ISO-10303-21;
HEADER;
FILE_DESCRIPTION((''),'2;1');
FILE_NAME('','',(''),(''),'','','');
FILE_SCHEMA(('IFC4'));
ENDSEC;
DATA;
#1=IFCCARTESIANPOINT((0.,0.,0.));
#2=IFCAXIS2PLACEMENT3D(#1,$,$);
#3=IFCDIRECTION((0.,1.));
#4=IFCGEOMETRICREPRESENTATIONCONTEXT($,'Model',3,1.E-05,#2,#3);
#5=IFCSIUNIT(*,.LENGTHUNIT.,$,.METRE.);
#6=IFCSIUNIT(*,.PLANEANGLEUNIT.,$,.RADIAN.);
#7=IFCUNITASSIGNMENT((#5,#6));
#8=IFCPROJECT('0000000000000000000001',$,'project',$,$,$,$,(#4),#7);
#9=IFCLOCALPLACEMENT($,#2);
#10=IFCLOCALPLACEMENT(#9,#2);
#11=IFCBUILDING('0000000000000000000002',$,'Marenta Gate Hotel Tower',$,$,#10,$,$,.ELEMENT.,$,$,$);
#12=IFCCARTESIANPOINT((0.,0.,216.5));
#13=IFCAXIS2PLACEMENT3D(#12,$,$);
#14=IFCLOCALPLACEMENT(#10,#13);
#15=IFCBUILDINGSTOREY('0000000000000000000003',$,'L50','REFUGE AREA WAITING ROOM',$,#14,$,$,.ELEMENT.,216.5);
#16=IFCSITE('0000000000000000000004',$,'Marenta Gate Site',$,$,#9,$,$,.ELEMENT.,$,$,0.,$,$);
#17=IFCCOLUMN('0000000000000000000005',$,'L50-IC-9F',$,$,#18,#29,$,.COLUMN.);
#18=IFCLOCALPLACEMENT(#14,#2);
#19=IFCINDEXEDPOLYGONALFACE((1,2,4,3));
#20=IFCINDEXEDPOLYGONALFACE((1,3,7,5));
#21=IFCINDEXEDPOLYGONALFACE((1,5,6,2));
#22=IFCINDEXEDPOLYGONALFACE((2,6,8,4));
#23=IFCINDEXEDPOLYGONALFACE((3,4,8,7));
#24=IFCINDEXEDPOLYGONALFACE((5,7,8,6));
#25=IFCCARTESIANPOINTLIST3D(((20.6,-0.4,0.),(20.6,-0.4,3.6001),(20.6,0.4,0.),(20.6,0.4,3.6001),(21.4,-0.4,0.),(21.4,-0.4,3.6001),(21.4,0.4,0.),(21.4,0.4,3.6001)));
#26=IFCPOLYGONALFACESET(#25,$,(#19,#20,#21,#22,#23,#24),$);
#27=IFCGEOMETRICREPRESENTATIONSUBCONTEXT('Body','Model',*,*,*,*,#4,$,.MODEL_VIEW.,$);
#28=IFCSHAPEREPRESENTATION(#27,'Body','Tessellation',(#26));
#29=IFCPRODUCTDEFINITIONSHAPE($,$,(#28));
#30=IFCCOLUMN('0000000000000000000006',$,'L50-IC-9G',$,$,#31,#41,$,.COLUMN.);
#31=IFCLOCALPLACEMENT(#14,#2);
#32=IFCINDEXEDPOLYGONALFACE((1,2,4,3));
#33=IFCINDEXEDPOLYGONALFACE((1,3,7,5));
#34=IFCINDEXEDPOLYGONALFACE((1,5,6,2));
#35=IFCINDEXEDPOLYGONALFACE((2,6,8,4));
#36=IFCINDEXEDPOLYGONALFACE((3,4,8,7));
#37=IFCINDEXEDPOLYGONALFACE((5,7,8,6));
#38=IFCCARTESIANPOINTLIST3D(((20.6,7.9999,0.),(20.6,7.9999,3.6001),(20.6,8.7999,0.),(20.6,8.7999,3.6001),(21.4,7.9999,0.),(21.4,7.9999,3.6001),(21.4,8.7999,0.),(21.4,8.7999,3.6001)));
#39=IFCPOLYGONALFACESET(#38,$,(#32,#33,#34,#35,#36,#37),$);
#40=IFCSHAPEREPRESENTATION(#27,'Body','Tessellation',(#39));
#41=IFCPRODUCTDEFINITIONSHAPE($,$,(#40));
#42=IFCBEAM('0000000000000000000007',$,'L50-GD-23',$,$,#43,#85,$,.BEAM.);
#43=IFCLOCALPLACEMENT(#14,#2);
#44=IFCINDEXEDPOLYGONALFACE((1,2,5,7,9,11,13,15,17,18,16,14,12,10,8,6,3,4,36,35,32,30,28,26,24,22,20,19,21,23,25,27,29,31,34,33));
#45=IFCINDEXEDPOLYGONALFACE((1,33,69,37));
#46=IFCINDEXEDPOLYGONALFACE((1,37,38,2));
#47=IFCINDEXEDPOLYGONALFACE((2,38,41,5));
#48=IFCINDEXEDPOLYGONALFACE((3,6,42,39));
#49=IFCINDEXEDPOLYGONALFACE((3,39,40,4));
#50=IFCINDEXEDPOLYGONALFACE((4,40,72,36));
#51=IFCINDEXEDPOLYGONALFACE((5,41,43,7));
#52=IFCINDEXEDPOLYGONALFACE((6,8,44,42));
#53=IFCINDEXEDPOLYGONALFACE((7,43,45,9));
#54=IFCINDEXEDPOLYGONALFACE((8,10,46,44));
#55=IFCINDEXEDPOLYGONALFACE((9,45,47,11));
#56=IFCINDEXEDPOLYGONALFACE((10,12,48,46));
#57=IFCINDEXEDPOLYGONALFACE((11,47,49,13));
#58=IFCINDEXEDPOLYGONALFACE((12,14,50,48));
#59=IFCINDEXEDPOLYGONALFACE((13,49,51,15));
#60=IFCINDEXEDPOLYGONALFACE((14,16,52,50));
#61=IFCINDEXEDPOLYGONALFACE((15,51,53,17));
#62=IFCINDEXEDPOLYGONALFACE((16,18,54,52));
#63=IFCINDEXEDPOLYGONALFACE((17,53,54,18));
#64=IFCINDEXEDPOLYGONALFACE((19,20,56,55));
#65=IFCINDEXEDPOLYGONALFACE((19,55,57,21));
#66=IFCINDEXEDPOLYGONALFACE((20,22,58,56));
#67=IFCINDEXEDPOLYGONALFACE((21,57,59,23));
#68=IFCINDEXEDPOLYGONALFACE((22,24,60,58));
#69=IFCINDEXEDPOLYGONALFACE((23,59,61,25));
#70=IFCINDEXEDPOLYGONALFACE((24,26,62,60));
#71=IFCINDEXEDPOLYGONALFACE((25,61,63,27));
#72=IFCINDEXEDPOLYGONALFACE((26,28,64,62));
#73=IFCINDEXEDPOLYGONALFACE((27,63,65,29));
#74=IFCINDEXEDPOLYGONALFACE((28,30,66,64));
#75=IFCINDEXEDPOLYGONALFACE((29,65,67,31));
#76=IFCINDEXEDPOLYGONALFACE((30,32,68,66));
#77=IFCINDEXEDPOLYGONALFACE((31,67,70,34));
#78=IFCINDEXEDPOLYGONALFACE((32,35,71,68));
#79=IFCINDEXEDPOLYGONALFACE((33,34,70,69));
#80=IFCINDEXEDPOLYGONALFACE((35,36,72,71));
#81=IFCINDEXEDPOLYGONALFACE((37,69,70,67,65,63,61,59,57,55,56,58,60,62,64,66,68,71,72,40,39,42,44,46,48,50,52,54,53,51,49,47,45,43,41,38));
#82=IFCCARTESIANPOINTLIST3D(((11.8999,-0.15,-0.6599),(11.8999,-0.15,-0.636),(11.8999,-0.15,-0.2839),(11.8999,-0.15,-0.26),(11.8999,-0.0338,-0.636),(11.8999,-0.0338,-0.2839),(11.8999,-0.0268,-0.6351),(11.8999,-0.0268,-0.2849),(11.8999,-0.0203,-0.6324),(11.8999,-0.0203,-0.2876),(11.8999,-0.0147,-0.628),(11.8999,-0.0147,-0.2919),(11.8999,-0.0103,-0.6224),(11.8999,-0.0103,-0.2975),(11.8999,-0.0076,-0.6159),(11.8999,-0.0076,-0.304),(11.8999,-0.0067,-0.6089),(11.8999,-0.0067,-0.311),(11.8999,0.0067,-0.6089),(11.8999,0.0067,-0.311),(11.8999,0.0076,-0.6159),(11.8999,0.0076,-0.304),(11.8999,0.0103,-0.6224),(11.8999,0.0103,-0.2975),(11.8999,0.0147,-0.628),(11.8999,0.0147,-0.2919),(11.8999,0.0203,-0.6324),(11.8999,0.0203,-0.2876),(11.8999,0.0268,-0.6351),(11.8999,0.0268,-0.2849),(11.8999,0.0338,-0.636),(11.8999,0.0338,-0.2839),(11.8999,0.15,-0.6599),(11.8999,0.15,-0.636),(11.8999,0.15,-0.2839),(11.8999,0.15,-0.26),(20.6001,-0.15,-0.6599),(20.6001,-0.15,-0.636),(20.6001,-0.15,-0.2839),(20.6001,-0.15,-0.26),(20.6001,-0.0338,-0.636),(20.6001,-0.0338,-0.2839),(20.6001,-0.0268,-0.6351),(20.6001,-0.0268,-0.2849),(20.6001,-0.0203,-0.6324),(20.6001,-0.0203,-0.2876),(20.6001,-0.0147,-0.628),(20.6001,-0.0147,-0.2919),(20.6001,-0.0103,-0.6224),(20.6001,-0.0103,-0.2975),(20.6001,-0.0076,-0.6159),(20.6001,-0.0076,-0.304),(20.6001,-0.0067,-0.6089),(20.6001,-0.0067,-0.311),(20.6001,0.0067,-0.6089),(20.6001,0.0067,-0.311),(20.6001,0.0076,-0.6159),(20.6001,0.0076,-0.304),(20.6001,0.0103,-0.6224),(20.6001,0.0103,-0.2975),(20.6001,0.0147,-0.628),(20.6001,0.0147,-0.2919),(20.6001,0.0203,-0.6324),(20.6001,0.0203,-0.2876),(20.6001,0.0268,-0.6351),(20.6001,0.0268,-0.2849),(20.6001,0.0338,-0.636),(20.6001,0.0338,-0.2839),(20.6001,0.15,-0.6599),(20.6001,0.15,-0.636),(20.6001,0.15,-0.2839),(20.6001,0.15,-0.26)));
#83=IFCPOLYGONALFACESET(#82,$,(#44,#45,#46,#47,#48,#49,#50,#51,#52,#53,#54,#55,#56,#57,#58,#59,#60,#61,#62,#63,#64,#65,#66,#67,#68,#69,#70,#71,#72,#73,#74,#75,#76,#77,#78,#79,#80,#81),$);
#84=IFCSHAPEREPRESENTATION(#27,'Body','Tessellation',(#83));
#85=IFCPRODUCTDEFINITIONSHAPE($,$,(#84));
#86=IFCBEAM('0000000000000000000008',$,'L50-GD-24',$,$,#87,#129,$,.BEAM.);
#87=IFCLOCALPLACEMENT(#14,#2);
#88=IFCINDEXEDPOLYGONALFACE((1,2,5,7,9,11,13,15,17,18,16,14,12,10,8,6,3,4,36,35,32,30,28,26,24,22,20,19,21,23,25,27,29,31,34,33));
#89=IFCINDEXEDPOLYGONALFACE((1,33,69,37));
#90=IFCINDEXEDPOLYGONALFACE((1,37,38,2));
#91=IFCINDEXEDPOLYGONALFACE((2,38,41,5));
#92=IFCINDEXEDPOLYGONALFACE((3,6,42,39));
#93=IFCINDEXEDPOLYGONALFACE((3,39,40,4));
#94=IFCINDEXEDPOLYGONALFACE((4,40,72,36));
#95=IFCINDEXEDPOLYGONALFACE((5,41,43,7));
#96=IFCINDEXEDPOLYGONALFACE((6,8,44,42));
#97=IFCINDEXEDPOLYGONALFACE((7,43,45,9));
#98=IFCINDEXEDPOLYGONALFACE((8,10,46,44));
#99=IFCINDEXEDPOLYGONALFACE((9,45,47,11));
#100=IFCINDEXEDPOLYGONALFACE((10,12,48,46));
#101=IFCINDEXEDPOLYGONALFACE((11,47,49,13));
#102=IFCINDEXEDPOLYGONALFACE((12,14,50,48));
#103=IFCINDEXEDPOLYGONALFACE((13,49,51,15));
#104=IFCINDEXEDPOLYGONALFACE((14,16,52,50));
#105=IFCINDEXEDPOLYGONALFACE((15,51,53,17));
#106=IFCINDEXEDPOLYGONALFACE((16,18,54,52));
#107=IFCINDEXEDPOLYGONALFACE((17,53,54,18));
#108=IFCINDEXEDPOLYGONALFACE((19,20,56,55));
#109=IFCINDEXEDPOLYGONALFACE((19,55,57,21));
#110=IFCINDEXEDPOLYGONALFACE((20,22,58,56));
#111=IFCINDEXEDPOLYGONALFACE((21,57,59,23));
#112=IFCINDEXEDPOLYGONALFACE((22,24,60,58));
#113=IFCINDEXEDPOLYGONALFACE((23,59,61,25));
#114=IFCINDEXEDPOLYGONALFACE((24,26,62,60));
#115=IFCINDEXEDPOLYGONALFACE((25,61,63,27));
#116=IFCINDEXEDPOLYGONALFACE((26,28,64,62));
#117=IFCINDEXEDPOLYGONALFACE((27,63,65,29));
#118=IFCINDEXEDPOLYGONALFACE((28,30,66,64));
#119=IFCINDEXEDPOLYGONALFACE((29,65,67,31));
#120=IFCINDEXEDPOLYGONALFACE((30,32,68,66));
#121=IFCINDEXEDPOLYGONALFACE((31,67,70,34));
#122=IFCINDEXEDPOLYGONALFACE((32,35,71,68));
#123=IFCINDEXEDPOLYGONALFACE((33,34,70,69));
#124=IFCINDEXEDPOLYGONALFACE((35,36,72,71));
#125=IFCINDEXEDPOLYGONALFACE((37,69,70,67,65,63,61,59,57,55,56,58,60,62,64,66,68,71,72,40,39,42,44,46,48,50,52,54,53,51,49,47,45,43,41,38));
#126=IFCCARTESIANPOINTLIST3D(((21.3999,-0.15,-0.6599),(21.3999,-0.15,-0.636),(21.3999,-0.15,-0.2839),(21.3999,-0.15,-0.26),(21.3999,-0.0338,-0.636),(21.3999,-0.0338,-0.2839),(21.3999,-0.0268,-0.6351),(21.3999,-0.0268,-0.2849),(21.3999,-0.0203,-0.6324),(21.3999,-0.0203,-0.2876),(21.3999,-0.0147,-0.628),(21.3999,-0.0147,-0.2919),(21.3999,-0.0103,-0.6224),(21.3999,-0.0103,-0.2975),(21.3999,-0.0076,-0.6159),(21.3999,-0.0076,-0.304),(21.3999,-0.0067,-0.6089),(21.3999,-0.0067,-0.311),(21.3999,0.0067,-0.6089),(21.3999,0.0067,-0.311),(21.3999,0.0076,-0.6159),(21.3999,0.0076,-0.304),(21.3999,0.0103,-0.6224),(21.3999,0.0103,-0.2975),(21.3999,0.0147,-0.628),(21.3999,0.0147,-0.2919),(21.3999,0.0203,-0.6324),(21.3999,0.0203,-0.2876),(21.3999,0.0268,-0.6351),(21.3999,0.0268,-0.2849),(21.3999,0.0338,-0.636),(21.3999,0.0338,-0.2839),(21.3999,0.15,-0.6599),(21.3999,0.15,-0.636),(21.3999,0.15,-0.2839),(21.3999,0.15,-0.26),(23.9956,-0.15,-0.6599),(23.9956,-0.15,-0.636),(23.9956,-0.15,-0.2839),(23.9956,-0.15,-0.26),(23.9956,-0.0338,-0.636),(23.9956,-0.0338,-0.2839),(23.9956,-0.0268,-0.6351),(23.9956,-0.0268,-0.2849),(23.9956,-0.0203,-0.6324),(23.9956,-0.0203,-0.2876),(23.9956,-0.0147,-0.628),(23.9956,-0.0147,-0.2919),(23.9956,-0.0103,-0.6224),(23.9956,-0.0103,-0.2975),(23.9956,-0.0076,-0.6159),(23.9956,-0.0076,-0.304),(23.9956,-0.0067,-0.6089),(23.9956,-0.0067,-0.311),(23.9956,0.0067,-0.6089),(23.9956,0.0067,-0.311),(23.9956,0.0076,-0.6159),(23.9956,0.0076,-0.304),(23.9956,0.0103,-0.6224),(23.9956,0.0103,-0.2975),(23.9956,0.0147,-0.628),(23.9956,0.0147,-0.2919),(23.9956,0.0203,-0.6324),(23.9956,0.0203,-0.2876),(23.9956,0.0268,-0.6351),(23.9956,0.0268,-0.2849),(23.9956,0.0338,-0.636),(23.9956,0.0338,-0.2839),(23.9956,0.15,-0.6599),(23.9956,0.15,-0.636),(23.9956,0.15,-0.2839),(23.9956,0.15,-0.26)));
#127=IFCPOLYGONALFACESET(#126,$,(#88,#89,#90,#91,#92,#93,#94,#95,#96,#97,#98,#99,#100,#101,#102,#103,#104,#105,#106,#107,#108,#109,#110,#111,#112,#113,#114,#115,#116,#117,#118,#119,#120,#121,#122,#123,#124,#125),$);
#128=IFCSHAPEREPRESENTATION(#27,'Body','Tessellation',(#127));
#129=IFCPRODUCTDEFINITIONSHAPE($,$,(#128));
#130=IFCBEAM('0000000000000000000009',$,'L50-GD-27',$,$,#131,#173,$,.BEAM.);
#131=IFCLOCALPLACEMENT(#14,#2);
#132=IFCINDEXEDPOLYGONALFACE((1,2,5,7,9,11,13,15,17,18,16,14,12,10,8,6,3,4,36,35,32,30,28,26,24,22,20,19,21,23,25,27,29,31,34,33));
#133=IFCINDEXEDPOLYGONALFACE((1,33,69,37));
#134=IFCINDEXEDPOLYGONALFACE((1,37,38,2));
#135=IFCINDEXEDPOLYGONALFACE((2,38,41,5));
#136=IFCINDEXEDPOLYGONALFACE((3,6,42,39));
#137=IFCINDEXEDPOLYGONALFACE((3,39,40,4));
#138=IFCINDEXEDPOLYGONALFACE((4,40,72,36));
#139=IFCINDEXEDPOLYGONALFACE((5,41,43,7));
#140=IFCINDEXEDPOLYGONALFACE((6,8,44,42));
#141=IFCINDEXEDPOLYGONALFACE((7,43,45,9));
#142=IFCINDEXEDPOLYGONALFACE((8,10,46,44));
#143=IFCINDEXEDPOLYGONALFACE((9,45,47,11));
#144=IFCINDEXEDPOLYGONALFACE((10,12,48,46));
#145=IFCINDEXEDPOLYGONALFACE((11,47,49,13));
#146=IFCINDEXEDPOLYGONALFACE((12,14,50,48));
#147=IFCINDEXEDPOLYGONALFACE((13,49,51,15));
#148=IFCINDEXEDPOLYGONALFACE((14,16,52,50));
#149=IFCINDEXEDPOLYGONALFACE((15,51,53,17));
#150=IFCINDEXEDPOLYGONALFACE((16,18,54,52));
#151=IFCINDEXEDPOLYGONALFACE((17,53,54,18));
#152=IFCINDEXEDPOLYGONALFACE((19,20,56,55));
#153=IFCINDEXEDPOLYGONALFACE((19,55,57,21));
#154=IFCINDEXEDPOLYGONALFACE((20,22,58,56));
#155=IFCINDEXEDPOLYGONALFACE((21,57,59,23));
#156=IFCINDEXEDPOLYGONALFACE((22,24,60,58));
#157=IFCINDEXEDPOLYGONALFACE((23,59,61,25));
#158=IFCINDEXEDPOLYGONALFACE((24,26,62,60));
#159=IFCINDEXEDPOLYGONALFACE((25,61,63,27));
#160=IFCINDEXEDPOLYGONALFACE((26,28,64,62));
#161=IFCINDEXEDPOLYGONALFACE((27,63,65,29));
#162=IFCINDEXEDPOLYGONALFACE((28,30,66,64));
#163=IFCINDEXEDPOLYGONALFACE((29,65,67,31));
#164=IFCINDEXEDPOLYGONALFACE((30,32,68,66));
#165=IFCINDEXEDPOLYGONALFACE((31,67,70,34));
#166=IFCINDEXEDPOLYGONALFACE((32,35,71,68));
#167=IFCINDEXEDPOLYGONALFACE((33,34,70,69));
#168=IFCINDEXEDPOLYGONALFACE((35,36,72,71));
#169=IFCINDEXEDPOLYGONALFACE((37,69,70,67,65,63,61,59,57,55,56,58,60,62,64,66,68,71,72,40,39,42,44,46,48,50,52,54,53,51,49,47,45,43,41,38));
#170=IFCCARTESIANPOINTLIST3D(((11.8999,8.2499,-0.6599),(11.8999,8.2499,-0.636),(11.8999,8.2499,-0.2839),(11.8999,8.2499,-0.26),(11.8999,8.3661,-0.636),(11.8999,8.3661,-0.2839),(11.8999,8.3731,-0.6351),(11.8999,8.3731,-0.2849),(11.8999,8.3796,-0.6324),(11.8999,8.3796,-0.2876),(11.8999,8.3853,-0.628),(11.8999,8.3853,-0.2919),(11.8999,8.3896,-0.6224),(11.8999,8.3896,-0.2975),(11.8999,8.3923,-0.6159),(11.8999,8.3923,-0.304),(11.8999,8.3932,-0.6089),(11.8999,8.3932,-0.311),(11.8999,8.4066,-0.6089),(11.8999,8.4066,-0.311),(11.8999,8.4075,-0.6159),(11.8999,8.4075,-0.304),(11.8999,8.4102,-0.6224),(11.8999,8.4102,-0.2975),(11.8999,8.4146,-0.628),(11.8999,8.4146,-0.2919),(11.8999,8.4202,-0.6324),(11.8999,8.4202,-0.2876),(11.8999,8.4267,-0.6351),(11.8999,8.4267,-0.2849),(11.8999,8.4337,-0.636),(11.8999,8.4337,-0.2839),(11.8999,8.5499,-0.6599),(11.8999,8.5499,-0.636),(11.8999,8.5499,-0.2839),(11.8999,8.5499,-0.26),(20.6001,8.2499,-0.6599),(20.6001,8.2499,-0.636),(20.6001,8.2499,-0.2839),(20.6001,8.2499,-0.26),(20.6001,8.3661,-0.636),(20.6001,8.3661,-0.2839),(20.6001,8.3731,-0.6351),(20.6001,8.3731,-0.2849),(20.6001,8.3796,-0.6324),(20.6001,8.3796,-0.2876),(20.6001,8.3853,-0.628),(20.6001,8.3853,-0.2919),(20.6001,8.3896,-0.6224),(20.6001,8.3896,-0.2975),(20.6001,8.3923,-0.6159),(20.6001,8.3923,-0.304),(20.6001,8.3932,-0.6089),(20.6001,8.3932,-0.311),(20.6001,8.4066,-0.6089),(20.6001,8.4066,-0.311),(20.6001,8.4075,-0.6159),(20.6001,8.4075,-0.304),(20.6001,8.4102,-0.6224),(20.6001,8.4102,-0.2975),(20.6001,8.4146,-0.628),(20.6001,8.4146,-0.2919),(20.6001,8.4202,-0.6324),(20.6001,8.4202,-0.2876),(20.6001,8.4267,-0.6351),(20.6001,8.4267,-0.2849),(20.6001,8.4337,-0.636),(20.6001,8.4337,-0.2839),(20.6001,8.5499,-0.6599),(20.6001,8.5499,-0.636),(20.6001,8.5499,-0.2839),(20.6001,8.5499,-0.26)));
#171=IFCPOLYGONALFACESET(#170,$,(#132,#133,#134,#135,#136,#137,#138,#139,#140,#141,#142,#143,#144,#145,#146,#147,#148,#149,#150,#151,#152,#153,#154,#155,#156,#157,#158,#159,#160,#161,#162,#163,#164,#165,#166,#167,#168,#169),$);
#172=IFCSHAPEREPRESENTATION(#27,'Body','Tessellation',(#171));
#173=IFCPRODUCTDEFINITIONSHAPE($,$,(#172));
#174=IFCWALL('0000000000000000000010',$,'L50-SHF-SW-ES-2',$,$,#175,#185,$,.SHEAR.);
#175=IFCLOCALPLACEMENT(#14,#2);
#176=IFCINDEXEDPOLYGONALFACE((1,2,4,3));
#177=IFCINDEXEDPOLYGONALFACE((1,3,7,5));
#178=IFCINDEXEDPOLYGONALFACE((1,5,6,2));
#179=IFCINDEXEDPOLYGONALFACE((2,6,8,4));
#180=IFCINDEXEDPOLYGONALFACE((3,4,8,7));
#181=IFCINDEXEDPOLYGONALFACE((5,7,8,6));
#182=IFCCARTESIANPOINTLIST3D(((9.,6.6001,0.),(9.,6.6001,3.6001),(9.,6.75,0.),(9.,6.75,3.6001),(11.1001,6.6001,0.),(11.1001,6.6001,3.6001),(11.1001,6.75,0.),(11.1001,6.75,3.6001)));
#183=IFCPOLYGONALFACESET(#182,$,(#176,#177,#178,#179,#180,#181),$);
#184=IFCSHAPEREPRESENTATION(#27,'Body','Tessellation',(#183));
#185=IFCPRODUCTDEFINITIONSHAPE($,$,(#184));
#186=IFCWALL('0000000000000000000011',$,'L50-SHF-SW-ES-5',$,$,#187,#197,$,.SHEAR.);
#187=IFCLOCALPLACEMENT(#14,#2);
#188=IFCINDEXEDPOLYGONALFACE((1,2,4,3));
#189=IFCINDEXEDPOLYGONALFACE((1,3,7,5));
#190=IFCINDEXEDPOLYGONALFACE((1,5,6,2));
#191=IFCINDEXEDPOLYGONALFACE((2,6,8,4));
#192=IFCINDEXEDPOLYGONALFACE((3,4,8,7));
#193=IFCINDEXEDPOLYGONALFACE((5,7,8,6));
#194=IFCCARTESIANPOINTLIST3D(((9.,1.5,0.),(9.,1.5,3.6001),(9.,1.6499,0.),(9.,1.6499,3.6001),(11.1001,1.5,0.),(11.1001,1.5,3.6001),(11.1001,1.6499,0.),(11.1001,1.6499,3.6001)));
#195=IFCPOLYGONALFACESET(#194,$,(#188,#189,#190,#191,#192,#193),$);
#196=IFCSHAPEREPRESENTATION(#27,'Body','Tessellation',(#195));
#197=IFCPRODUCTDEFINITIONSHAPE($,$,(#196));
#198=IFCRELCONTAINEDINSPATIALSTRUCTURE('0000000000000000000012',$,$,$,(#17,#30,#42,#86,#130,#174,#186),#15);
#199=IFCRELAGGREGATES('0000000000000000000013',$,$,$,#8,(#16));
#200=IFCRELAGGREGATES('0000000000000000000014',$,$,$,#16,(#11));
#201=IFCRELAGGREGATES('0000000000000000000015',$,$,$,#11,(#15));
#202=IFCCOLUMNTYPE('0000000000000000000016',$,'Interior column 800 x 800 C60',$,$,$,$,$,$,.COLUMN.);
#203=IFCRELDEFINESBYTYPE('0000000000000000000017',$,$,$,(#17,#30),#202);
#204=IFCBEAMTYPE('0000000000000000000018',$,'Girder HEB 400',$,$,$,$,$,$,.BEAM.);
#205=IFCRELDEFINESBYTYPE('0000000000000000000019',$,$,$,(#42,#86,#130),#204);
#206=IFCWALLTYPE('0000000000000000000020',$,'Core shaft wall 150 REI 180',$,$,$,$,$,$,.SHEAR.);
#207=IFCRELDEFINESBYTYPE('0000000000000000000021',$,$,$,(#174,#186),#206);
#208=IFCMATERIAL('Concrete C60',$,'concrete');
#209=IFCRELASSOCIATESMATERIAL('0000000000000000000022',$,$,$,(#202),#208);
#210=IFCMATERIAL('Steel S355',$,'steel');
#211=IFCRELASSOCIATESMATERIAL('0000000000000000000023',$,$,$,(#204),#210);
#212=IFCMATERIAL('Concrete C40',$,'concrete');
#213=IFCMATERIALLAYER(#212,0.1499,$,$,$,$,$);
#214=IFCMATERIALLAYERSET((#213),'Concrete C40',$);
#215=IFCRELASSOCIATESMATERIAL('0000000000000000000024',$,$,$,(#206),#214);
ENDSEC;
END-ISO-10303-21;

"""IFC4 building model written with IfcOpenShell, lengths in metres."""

from ifc_helpers import new_model, si_unit, direction, frame, frame_2d, origin, origin_2d, place, context, subcontext, project, spatial, rectangle, i_section, extrude, material, layer, layer_set, material_profile, profile_set, type_object, element, save


model = new_model("IFC4")

# Units and contexts
model_context = context("Model", 3, precision=1e-05, world=origin(), true_north=direction((0.0, 1.0)))
body_context = subcontext(model_context, "Body", "Model", "MODEL_VIEW")
ifc_project = project(units=[si_unit("LENGTHUNIT", "METRE"), si_unit("PLANEANGLEUNIT", "RADIAN")], contexts=[model_context])

# Site, building, storey
site_placement = place(None, origin())
site = spatial("IfcSite", under=ifc_project, at=site_placement, Name="Marenta Gate Site", CompositionType="ELEMENT", RefElevation=0.0)
building_placement = place(site_placement, origin())
building = spatial("IfcBuilding", under=site, at=building_placement, Name="Marenta Gate Hotel Tower", CompositionType="ELEMENT")
storey_placement = place(building_placement, frame((0.0, 0.0, 216.5)))
storey = spatial("IfcBuildingStorey", under=building, at=storey_placement, Name="L50", Description="REFUGE AREA WAITING ROOM", CompositionType="ELEMENT", Elevation=216.5)

# Columns
ifc_material_1 = material(Name="Concrete C60", Category="concrete")
ifc_material_profile_1 = material_profile(ifc_material_1, rectangle(XDim=0.8, YDim=0.8, at=origin_2d()), Name="800 x 800")
ifc_profile_set_1 = profile_set([ifc_material_profile_1], Name="Concrete C60")
column_type = type_object("IfcColumnType", Name="Interior column 800 x 800 C60", PredefinedType="COLUMN", material=ifc_profile_set_1)
for number, where, z_axis, x_axis, name in (
    (1, (21.0, 0.0, 0.0), (0.0, 0.0, 1.0), (1.0, 0.0, 0.0), "L50-IC-9F"),
    (2, (21.0, 8.3999, 0.0), (0.0, 0.0, 1.0), (1.0, 0.0, 0.0), "L50-IC-9G"),
):
    element("IfcColumn", number, at=place(storey_placement, frame(where, z_axis=z_axis, x_axis=x_axis)), inside=storey, type_object=column_type, Name=name, PredefinedType="COLUMN", context=body_context, shape_type="SweptSolid", body=[
        extrude(rectangle(XDim=0.8, YDim=0.8, at=origin_2d()), origin(), (0.0, 0.0, 1.0), 3.6001),
    ])

# Beams
ifc_material_2 = material(Name="Steel S355", Category="steel")
ifc_material_profile_2 = material_profile(ifc_material_2, i_section(OverallWidth=0.3, OverallDepth=0.3999, WebThickness=0.0134, FlangeThickness=0.0239, FilletRadius=0.0271, at=origin_2d()), Name="HEB 400")
ifc_profile_set_2 = profile_set([ifc_material_profile_2], Name="Steel S355")
beam_type = type_object("IfcBeamType", Name="Girder HEB 400", PredefinedType="BEAM", material=ifc_profile_set_2)
beam_1_placement = place(storey_placement, frame((11.8999, 0.0, -0.46), z_axis=(1.0, 0.0, 0.0), x_axis=(0.0, 1.0, 0.0)))
element("IfcBeam", 3, at=beam_1_placement, inside=storey, type_object=beam_type, Name="L50-GD-23", PredefinedType="BEAM", context=body_context, shape_type="SweptSolid", body=[
    extrude(i_section(OverallWidth=0.3, OverallDepth=0.3999, WebThickness=0.0134, FlangeThickness=0.0239, FilletRadius=0.0271, at=origin_2d()), origin(), (0.0, 0.0, 1.0), 8.7002),
])
beam_2_placement = place(storey_placement, frame((21.3999, 0.0, -0.46), z_axis=(1.0, 0.0, 0.0), x_axis=(0.0, 1.0, 0.0)))
element("IfcBeam", 4, at=beam_2_placement, inside=storey, type_object=beam_type, Name="L50-GD-24", PredefinedType="BEAM", context=body_context, shape_type="SweptSolid", body=[
    extrude(i_section(OverallWidth=0.3, OverallDepth=0.3999, WebThickness=0.0134, FlangeThickness=0.0239, FilletRadius=0.0271, at=origin_2d()), origin(), (0.0, 0.0, 1.0), 2.5957),
])
beam_3_placement = place(storey_placement, frame((11.8999, 8.3999, -0.46), z_axis=(1.0, 0.0, 0.0), x_axis=(0.0, 1.0, 0.0)))
element("IfcBeam", 5, at=beam_3_placement, inside=storey, type_object=beam_type, Name="L50-GD-27", PredefinedType="BEAM", context=body_context, shape_type="SweptSolid", body=[
    extrude(i_section(OverallWidth=0.3, OverallDepth=0.3999, WebThickness=0.0134, FlangeThickness=0.0239, FilletRadius=0.0271, at=origin_2d()), origin(), (0.0, 0.0, 1.0), 8.7002),
])

# Walls
ifc_material_3 = material(Name="Concrete C40", Category="concrete")
ifc_layer_1 = layer(ifc_material_3, 0.1499)
ifc_layer_set_1 = layer_set([ifc_layer_1], Name="Concrete C40")
wall_type_1 = type_object("IfcWallType", Name="Core shaft wall 150 REI 180", PredefinedType="SHEAR", material=ifc_layer_set_1)
for number, where, z_axis, x_axis, name in (
    (6, (9.0, 6.675, 0.0), (0.0, 0.0, 1.0), (1.0, 0.0, 0.0), "L50-SHF-SW-ES-2"),
    (7, (9.0, 1.575, 0.0), (0.0, 0.0, 1.0), (1.0, 0.0, 0.0), "L50-SHF-SW-ES-5"),
):
    element("IfcWall", number, at=place(storey_placement, frame(where, z_axis=z_axis, x_axis=x_axis)), inside=storey, type_object=wall_type_1, Name=name, PredefinedType="SHEAR", context=body_context, shape_type="SweptSolid", body=[
        extrude(rectangle(XDim=2.1001, YDim=0.1499, at=frame_2d((1.05, 0.0))), origin(), (0.0, 0.0, 1.0), 3.6001),
    ])

save(model, "model.ifc")
